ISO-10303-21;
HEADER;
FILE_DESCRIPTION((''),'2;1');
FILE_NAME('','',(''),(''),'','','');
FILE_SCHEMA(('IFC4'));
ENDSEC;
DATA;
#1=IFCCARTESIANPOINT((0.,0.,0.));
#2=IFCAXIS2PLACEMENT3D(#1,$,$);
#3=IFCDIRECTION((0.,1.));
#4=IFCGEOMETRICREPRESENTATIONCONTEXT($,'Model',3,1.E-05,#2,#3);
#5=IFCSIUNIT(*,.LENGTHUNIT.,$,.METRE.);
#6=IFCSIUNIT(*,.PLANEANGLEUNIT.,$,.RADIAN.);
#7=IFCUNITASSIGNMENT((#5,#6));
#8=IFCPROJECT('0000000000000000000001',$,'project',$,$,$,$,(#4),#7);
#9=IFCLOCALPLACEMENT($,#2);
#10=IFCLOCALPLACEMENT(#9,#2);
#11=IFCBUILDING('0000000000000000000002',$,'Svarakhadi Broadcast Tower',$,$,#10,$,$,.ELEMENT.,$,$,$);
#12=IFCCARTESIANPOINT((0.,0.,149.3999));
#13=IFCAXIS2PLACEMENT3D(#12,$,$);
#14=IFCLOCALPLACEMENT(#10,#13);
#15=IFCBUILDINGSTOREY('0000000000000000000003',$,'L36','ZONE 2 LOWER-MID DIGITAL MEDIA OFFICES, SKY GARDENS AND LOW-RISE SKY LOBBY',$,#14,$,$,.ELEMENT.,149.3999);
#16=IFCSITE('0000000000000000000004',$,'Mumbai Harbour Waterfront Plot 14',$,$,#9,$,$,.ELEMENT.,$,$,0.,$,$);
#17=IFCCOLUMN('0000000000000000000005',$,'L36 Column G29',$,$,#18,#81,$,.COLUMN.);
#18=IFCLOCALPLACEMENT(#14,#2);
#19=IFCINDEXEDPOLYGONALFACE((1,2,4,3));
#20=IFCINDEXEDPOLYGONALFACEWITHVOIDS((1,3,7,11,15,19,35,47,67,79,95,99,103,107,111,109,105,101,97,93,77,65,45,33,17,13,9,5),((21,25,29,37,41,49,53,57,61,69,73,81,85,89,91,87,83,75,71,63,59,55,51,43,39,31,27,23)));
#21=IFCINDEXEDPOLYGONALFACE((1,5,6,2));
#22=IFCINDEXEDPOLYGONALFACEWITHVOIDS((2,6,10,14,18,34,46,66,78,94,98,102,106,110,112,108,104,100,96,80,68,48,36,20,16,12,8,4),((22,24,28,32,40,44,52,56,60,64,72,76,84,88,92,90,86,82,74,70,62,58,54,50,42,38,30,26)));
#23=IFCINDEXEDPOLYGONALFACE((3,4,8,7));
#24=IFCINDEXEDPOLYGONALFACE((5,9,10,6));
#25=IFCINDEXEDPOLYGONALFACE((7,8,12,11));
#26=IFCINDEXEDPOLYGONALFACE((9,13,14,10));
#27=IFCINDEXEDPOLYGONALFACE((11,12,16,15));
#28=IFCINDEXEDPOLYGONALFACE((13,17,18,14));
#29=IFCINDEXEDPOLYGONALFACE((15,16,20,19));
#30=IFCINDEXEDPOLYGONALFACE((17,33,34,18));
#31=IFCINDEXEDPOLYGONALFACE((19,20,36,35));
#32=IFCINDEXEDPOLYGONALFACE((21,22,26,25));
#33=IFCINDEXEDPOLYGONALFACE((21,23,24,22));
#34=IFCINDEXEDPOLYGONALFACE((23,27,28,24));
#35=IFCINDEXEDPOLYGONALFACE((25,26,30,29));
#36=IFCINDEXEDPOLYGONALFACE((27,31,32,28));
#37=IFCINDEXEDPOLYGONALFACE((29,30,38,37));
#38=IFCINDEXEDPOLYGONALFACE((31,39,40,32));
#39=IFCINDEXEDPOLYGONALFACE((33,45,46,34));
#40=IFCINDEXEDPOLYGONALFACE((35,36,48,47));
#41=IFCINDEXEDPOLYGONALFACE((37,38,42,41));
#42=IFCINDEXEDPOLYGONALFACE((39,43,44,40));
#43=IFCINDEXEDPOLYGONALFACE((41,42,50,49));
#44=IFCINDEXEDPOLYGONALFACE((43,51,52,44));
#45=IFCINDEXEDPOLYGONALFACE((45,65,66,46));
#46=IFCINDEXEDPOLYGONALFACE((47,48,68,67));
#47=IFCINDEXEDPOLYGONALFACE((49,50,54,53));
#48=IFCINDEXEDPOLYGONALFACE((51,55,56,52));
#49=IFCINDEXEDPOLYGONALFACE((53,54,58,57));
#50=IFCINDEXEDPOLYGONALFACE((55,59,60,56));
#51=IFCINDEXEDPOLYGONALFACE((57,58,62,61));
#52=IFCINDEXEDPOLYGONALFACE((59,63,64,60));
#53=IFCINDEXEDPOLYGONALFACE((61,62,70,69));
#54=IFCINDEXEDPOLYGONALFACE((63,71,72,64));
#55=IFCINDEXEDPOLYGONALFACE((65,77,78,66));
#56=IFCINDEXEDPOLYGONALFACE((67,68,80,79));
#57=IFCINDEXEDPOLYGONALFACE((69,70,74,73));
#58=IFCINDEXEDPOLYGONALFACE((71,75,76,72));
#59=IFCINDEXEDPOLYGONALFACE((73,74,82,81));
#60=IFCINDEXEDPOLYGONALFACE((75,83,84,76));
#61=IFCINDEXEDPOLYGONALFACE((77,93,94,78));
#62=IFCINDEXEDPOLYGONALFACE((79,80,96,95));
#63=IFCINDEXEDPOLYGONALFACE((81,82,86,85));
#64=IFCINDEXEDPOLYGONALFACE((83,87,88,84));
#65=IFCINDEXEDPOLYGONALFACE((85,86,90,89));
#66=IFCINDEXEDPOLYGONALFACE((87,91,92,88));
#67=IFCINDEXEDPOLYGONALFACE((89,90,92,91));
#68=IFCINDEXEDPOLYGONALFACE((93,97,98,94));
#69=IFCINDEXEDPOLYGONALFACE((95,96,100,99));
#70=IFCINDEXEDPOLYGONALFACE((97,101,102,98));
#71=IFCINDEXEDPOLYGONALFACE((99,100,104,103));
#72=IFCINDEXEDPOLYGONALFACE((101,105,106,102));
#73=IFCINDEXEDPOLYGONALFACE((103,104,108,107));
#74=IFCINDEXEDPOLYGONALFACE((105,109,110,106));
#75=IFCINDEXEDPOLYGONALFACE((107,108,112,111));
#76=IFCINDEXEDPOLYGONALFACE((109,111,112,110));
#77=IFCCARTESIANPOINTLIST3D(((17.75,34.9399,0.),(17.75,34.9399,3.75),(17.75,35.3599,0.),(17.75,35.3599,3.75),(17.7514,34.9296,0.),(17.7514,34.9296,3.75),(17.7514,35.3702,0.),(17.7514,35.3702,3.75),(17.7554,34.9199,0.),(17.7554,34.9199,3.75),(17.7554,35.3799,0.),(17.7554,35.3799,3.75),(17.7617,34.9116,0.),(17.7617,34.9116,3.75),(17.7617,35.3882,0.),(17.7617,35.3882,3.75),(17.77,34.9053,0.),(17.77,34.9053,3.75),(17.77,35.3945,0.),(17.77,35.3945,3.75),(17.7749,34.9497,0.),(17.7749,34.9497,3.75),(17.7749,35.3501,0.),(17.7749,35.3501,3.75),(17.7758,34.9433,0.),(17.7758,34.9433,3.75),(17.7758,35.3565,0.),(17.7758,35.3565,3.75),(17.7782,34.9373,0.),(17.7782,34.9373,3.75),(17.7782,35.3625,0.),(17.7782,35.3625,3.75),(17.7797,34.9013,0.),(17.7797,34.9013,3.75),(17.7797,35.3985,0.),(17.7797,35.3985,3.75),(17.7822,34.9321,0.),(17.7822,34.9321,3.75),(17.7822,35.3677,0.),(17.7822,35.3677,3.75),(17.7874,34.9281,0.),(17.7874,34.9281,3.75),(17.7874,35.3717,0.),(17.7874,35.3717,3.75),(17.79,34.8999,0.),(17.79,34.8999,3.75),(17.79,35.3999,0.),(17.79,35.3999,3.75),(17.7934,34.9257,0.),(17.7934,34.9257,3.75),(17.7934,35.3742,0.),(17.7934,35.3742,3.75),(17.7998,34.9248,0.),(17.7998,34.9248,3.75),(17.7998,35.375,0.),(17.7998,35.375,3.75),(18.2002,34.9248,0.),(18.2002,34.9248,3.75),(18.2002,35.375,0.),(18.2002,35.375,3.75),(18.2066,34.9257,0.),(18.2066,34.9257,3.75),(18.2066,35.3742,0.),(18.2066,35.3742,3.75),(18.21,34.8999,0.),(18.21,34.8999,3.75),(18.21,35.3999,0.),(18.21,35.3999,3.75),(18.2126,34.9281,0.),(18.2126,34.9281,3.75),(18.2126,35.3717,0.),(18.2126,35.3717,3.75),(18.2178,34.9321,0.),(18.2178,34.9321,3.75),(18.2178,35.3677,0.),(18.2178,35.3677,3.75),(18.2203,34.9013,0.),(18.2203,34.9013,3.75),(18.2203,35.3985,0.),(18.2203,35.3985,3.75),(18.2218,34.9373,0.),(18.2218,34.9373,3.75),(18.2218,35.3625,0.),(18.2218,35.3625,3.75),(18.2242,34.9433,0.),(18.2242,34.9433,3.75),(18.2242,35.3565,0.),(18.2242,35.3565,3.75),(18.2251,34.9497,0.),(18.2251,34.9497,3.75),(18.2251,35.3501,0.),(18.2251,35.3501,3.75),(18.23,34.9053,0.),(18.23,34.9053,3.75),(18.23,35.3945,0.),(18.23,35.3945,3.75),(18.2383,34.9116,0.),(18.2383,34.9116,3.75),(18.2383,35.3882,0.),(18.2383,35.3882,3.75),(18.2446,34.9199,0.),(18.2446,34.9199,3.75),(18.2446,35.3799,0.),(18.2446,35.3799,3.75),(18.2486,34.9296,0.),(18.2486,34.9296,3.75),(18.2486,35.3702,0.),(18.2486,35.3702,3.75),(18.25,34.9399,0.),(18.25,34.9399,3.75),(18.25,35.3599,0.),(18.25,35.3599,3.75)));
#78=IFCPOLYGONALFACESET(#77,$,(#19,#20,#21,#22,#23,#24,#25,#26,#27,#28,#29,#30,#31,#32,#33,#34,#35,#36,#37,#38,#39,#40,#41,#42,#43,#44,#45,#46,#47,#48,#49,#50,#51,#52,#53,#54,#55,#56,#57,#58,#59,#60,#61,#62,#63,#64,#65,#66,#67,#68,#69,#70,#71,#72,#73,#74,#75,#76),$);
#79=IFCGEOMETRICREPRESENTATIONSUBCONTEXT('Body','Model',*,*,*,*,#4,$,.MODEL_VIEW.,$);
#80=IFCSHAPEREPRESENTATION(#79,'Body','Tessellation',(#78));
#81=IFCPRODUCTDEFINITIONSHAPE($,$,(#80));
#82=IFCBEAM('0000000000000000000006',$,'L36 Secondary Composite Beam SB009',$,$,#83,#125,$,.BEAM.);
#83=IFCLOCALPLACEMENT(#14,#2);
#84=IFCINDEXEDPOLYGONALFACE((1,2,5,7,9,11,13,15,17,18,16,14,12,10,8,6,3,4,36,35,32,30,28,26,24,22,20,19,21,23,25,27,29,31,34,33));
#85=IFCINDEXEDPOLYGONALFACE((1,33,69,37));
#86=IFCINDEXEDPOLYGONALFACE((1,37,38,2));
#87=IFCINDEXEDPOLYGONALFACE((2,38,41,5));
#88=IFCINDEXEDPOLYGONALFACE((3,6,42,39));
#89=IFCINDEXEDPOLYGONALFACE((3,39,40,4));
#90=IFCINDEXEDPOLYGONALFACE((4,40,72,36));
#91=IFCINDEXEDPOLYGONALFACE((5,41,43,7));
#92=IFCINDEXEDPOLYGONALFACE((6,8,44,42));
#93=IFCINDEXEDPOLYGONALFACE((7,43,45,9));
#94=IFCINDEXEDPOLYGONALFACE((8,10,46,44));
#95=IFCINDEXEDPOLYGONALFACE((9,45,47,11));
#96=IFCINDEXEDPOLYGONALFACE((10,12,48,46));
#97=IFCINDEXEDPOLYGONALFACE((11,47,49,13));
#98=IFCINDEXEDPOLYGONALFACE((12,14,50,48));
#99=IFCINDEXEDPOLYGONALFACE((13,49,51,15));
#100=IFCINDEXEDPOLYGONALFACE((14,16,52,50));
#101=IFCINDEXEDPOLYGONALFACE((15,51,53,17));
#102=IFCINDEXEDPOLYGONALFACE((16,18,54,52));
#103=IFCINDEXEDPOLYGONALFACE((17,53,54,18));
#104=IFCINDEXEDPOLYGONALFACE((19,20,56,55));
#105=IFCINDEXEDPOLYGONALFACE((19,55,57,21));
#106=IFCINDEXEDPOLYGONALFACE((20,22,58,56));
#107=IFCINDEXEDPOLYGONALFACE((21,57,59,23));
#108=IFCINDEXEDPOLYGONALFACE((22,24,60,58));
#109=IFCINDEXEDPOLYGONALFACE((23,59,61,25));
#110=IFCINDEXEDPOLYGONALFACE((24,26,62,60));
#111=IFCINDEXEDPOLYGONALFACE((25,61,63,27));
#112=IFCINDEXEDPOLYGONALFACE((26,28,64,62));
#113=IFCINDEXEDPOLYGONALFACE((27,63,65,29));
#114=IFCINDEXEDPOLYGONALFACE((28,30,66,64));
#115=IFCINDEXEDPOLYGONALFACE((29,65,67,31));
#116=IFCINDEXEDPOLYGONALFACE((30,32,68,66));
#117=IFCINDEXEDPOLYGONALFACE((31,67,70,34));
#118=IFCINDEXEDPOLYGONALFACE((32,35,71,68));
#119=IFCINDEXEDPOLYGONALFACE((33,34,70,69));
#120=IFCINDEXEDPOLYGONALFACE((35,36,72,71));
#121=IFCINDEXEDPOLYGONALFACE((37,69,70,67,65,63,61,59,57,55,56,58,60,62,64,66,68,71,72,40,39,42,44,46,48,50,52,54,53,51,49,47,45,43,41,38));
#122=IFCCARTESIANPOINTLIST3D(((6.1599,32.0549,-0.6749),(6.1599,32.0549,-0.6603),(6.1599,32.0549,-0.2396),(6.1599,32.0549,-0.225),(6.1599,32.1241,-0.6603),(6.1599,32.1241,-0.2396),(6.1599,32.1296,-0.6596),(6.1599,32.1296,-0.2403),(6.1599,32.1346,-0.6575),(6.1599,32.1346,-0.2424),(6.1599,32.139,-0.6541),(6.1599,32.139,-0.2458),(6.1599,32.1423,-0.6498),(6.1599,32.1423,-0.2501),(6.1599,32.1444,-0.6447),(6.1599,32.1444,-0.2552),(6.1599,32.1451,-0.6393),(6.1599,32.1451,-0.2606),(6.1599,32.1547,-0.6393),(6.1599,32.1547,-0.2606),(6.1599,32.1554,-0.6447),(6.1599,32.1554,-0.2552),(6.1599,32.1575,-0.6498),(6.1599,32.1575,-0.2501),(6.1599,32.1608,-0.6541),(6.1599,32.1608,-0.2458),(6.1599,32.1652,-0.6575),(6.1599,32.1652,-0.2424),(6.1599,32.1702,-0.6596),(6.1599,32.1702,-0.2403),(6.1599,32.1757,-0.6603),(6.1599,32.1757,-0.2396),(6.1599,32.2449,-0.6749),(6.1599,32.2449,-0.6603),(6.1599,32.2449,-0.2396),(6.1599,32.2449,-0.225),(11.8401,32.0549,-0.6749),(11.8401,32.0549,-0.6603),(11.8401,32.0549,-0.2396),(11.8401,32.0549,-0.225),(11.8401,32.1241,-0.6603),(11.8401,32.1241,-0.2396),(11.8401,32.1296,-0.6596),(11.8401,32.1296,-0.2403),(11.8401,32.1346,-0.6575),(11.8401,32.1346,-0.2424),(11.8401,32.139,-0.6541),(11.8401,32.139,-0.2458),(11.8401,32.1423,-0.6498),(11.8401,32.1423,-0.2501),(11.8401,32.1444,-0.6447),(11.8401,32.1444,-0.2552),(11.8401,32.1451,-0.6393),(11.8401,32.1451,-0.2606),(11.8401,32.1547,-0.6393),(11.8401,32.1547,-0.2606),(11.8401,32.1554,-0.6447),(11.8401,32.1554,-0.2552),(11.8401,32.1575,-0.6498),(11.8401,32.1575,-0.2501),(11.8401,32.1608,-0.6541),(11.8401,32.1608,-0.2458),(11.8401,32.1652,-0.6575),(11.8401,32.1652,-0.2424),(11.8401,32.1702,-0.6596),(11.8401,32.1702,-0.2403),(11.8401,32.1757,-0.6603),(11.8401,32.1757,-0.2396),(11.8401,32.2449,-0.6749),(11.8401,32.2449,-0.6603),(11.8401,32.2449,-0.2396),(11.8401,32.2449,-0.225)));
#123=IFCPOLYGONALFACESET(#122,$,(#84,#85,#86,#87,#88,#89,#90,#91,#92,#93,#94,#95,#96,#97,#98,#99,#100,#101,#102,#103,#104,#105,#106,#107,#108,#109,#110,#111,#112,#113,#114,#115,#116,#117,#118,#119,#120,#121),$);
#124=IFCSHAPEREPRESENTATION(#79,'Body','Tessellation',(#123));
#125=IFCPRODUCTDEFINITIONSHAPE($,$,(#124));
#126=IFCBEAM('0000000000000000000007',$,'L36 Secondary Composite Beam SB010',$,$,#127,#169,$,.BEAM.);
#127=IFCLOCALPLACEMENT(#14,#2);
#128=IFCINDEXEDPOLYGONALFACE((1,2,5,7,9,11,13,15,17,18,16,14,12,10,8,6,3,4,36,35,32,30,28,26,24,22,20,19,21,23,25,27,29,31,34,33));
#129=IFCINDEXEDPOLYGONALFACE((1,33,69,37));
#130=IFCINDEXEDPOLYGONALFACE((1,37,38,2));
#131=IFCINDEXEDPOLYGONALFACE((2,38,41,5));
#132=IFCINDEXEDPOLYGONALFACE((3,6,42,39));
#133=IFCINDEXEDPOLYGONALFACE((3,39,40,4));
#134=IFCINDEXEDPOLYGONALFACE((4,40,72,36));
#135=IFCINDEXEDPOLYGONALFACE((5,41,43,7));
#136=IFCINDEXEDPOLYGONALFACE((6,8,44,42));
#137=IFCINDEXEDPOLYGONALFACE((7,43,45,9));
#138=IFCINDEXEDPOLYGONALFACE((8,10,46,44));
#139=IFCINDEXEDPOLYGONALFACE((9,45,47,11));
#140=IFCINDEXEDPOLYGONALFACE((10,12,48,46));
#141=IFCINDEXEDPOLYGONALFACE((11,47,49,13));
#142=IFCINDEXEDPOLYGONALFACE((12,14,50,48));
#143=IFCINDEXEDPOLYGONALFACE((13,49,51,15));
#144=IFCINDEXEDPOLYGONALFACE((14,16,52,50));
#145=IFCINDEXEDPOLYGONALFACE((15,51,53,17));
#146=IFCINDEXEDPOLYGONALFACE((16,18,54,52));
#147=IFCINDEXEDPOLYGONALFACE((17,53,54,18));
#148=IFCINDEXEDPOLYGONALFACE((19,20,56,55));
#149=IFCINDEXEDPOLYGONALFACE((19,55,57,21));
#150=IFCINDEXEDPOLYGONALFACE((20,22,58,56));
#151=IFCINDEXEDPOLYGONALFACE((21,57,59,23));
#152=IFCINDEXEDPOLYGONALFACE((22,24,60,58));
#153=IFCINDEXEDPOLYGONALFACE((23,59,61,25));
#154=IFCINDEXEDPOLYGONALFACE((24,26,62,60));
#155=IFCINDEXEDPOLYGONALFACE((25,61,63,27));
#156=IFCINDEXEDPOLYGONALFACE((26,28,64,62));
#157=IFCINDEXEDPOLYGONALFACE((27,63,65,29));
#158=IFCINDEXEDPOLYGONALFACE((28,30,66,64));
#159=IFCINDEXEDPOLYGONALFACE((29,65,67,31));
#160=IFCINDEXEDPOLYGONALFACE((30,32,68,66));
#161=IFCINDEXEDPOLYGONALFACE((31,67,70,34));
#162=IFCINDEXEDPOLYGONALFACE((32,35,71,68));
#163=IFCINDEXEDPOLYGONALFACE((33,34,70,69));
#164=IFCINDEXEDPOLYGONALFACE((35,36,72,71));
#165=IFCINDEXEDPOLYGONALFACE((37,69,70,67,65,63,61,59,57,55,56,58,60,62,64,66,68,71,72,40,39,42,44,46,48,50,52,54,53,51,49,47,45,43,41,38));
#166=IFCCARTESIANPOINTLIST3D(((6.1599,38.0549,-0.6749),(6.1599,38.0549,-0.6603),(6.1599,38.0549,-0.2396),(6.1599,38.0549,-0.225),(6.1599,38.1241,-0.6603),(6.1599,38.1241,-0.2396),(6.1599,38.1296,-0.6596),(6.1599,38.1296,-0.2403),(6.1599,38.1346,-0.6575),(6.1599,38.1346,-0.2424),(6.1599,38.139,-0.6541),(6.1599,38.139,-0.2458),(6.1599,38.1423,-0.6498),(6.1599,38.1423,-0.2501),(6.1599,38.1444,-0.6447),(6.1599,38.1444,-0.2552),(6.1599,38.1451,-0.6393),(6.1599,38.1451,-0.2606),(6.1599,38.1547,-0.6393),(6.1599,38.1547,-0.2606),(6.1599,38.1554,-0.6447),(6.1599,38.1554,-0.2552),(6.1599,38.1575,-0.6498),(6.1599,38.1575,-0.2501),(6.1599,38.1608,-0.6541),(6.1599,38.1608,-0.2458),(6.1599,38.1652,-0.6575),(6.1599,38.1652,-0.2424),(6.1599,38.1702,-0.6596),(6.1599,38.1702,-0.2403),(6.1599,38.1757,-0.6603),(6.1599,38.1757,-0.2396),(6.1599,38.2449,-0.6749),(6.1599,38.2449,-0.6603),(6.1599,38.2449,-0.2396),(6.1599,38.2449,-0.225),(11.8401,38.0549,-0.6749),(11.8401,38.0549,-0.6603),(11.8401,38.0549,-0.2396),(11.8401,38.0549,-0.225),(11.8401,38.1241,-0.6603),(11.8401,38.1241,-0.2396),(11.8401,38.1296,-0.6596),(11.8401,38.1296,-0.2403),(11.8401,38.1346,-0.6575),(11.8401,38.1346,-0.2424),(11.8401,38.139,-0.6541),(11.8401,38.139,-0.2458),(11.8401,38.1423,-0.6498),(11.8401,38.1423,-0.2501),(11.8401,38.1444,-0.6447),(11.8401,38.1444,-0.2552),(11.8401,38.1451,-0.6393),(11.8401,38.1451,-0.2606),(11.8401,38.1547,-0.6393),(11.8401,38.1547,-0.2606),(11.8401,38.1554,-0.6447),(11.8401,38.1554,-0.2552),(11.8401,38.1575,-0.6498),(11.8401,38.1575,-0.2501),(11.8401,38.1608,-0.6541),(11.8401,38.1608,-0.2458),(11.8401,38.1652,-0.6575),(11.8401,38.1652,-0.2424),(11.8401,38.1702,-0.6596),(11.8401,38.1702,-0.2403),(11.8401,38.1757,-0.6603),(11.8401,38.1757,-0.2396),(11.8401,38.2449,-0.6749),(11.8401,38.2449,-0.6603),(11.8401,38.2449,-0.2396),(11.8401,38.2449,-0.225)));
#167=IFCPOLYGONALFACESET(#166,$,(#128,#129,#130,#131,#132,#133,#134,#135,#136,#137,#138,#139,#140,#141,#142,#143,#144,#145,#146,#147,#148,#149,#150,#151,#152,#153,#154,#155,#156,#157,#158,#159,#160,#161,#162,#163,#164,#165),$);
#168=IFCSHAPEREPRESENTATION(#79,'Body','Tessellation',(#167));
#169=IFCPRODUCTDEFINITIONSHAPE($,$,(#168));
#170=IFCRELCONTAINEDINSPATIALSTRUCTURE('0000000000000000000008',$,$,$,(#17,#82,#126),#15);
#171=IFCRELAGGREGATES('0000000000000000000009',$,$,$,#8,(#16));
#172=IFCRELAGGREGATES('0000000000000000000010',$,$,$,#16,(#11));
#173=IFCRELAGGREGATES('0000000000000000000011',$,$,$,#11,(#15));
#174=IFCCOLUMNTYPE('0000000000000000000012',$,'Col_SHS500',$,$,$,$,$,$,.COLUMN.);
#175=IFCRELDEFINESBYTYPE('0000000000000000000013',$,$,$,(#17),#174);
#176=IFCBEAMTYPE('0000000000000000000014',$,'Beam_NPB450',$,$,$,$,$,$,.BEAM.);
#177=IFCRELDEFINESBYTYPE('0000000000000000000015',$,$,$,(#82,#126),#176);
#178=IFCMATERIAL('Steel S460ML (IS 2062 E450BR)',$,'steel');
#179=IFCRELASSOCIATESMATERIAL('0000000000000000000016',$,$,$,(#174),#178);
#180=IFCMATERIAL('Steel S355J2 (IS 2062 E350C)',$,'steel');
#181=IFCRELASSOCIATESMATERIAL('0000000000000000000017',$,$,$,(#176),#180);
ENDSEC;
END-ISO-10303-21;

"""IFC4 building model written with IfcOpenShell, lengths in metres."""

from ifc_helpers import new_model, si_unit, direction, frame, origin, origin_2d, place, context, subcontext, project, spatial, hollow_rectangle, i_section, extrude, material, material_profile, profile_set, type_object, element, save


model = new_model("IFC4")

# Units and contexts
model_context = context("Model", 3, precision=1e-05, world=origin(), true_north=direction((0.0, 1.0)))
body_context = subcontext(model_context, "Body", "Model", "MODEL_VIEW")
ifc_project = project(units=[si_unit("LENGTHUNIT", "METRE"), si_unit("PLANEANGLEUNIT", "RADIAN")], contexts=[model_context])

# Site, building, storey
site_placement = place(None, origin())
site = spatial("IfcSite", under=ifc_project, at=site_placement, Name="Mumbai Harbour Waterfront Plot 14", CompositionType="ELEMENT", RefElevation=0.0)
building_placement = place(site_placement, origin())
building = spatial("IfcBuilding", under=site, at=building_placement, Name="Svarakhadi Broadcast Tower", CompositionType="ELEMENT")
storey_placement = place(building_placement, frame((0.0, 0.0, 149.3999)))
storey = spatial("IfcBuildingStorey", under=building, at=storey_placement, Name="L36", Description="ZONE 2 LOWER-MID DIGITAL MEDIA OFFICES, SKY GARDENS AND LOW-RISE SKY LOBBY", CompositionType="ELEMENT", Elevation=149.3999)

# Column
ifc_material_1 = material(Name="Steel S460ML (IS 2062 E450BR)", Category="steel")
ifc_material_profile_1 = material_profile(ifc_material_1, hollow_rectangle(XDim=0.5, YDim=0.5, WallThickness=0.0249, InnerFilletRadius=0.0249, OuterFilletRadius=0.04, at=origin_2d()), Name="SHS 500x500x25")
ifc_profile_set_1 = profile_set([ifc_material_profile_1], Name="Steel S460ML (IS 2062 E450BR)")
column_type_1 = type_object("IfcColumnType", Name="Col_SHS500", PredefinedType="COLUMN", material=ifc_profile_set_1)
for number, where, z_axis, x_axis, name in (
    (1, (18.0, 35.1499, 0.0), (0.0, 0.0, 1.0), (1.0, 0.0, 0.0), "L36 Column G29"),
):
    element("IfcColumn", number, at=place(storey_placement, frame(where, z_axis=z_axis, x_axis=x_axis)), inside=storey, type_object=column_type_1, Name=name, PredefinedType="COLUMN", context=body_context, shape_type="SweptSolid", body=[
        extrude(hollow_rectangle(XDim=0.5, YDim=0.5, WallThickness=0.0249, InnerFilletRadius=0.0249, OuterFilletRadius=0.04, at=origin_2d()), origin(), (0.0, 0.0, 1.0), 3.75),
    ])

# Beams
ifc_material_2 = material(Name="Steel S355J2 (IS 2062 E350C)", Category="steel")
ifc_material_profile_2 = material_profile(ifc_material_2, i_section(OverallWidth=0.1899, OverallDepth=0.45, WebThickness=0.0095, FlangeThickness=0.0146, FilletRadius=0.021, at=origin_2d()), Name="NPB 450x190x78")
ifc_profile_set_2 = profile_set([ifc_material_profile_2], Name="Steel S355J2 (IS 2062 E350C)")
beam_type_1 = type_object("IfcBeamType", Name="Beam_NPB450", PredefinedType="BEAM", material=ifc_profile_set_2)
for number, where, z_axis, x_axis, name in (
    (2, (6.1599, 32.1499, -0.45), (1.0, 0.0, 0.0), (0.0, 1.0, 0.0), "L36 Secondary Composite Beam SB009"),
    (3, (6.1599, 38.1499, -0.45), (1.0, 0.0, 0.0), (0.0, 1.0, 0.0), "L36 Secondary Composite Beam SB010"),
):
    element("IfcBeam", number, at=place(storey_placement, frame(where, z_axis=z_axis, x_axis=x_axis)), inside=storey, type_object=beam_type_1, Name=name, PredefinedType="BEAM", context=body_context, shape_type="SweptSolid", body=[
        extrude(i_section(OverallWidth=0.1899, OverallDepth=0.45, WebThickness=0.0095, FlangeThickness=0.0146, FilletRadius=0.021, at=origin_2d()), origin(), (0.0, 0.0, 1.0), 5.6802),
    ])

save(model, "model.ifc")
